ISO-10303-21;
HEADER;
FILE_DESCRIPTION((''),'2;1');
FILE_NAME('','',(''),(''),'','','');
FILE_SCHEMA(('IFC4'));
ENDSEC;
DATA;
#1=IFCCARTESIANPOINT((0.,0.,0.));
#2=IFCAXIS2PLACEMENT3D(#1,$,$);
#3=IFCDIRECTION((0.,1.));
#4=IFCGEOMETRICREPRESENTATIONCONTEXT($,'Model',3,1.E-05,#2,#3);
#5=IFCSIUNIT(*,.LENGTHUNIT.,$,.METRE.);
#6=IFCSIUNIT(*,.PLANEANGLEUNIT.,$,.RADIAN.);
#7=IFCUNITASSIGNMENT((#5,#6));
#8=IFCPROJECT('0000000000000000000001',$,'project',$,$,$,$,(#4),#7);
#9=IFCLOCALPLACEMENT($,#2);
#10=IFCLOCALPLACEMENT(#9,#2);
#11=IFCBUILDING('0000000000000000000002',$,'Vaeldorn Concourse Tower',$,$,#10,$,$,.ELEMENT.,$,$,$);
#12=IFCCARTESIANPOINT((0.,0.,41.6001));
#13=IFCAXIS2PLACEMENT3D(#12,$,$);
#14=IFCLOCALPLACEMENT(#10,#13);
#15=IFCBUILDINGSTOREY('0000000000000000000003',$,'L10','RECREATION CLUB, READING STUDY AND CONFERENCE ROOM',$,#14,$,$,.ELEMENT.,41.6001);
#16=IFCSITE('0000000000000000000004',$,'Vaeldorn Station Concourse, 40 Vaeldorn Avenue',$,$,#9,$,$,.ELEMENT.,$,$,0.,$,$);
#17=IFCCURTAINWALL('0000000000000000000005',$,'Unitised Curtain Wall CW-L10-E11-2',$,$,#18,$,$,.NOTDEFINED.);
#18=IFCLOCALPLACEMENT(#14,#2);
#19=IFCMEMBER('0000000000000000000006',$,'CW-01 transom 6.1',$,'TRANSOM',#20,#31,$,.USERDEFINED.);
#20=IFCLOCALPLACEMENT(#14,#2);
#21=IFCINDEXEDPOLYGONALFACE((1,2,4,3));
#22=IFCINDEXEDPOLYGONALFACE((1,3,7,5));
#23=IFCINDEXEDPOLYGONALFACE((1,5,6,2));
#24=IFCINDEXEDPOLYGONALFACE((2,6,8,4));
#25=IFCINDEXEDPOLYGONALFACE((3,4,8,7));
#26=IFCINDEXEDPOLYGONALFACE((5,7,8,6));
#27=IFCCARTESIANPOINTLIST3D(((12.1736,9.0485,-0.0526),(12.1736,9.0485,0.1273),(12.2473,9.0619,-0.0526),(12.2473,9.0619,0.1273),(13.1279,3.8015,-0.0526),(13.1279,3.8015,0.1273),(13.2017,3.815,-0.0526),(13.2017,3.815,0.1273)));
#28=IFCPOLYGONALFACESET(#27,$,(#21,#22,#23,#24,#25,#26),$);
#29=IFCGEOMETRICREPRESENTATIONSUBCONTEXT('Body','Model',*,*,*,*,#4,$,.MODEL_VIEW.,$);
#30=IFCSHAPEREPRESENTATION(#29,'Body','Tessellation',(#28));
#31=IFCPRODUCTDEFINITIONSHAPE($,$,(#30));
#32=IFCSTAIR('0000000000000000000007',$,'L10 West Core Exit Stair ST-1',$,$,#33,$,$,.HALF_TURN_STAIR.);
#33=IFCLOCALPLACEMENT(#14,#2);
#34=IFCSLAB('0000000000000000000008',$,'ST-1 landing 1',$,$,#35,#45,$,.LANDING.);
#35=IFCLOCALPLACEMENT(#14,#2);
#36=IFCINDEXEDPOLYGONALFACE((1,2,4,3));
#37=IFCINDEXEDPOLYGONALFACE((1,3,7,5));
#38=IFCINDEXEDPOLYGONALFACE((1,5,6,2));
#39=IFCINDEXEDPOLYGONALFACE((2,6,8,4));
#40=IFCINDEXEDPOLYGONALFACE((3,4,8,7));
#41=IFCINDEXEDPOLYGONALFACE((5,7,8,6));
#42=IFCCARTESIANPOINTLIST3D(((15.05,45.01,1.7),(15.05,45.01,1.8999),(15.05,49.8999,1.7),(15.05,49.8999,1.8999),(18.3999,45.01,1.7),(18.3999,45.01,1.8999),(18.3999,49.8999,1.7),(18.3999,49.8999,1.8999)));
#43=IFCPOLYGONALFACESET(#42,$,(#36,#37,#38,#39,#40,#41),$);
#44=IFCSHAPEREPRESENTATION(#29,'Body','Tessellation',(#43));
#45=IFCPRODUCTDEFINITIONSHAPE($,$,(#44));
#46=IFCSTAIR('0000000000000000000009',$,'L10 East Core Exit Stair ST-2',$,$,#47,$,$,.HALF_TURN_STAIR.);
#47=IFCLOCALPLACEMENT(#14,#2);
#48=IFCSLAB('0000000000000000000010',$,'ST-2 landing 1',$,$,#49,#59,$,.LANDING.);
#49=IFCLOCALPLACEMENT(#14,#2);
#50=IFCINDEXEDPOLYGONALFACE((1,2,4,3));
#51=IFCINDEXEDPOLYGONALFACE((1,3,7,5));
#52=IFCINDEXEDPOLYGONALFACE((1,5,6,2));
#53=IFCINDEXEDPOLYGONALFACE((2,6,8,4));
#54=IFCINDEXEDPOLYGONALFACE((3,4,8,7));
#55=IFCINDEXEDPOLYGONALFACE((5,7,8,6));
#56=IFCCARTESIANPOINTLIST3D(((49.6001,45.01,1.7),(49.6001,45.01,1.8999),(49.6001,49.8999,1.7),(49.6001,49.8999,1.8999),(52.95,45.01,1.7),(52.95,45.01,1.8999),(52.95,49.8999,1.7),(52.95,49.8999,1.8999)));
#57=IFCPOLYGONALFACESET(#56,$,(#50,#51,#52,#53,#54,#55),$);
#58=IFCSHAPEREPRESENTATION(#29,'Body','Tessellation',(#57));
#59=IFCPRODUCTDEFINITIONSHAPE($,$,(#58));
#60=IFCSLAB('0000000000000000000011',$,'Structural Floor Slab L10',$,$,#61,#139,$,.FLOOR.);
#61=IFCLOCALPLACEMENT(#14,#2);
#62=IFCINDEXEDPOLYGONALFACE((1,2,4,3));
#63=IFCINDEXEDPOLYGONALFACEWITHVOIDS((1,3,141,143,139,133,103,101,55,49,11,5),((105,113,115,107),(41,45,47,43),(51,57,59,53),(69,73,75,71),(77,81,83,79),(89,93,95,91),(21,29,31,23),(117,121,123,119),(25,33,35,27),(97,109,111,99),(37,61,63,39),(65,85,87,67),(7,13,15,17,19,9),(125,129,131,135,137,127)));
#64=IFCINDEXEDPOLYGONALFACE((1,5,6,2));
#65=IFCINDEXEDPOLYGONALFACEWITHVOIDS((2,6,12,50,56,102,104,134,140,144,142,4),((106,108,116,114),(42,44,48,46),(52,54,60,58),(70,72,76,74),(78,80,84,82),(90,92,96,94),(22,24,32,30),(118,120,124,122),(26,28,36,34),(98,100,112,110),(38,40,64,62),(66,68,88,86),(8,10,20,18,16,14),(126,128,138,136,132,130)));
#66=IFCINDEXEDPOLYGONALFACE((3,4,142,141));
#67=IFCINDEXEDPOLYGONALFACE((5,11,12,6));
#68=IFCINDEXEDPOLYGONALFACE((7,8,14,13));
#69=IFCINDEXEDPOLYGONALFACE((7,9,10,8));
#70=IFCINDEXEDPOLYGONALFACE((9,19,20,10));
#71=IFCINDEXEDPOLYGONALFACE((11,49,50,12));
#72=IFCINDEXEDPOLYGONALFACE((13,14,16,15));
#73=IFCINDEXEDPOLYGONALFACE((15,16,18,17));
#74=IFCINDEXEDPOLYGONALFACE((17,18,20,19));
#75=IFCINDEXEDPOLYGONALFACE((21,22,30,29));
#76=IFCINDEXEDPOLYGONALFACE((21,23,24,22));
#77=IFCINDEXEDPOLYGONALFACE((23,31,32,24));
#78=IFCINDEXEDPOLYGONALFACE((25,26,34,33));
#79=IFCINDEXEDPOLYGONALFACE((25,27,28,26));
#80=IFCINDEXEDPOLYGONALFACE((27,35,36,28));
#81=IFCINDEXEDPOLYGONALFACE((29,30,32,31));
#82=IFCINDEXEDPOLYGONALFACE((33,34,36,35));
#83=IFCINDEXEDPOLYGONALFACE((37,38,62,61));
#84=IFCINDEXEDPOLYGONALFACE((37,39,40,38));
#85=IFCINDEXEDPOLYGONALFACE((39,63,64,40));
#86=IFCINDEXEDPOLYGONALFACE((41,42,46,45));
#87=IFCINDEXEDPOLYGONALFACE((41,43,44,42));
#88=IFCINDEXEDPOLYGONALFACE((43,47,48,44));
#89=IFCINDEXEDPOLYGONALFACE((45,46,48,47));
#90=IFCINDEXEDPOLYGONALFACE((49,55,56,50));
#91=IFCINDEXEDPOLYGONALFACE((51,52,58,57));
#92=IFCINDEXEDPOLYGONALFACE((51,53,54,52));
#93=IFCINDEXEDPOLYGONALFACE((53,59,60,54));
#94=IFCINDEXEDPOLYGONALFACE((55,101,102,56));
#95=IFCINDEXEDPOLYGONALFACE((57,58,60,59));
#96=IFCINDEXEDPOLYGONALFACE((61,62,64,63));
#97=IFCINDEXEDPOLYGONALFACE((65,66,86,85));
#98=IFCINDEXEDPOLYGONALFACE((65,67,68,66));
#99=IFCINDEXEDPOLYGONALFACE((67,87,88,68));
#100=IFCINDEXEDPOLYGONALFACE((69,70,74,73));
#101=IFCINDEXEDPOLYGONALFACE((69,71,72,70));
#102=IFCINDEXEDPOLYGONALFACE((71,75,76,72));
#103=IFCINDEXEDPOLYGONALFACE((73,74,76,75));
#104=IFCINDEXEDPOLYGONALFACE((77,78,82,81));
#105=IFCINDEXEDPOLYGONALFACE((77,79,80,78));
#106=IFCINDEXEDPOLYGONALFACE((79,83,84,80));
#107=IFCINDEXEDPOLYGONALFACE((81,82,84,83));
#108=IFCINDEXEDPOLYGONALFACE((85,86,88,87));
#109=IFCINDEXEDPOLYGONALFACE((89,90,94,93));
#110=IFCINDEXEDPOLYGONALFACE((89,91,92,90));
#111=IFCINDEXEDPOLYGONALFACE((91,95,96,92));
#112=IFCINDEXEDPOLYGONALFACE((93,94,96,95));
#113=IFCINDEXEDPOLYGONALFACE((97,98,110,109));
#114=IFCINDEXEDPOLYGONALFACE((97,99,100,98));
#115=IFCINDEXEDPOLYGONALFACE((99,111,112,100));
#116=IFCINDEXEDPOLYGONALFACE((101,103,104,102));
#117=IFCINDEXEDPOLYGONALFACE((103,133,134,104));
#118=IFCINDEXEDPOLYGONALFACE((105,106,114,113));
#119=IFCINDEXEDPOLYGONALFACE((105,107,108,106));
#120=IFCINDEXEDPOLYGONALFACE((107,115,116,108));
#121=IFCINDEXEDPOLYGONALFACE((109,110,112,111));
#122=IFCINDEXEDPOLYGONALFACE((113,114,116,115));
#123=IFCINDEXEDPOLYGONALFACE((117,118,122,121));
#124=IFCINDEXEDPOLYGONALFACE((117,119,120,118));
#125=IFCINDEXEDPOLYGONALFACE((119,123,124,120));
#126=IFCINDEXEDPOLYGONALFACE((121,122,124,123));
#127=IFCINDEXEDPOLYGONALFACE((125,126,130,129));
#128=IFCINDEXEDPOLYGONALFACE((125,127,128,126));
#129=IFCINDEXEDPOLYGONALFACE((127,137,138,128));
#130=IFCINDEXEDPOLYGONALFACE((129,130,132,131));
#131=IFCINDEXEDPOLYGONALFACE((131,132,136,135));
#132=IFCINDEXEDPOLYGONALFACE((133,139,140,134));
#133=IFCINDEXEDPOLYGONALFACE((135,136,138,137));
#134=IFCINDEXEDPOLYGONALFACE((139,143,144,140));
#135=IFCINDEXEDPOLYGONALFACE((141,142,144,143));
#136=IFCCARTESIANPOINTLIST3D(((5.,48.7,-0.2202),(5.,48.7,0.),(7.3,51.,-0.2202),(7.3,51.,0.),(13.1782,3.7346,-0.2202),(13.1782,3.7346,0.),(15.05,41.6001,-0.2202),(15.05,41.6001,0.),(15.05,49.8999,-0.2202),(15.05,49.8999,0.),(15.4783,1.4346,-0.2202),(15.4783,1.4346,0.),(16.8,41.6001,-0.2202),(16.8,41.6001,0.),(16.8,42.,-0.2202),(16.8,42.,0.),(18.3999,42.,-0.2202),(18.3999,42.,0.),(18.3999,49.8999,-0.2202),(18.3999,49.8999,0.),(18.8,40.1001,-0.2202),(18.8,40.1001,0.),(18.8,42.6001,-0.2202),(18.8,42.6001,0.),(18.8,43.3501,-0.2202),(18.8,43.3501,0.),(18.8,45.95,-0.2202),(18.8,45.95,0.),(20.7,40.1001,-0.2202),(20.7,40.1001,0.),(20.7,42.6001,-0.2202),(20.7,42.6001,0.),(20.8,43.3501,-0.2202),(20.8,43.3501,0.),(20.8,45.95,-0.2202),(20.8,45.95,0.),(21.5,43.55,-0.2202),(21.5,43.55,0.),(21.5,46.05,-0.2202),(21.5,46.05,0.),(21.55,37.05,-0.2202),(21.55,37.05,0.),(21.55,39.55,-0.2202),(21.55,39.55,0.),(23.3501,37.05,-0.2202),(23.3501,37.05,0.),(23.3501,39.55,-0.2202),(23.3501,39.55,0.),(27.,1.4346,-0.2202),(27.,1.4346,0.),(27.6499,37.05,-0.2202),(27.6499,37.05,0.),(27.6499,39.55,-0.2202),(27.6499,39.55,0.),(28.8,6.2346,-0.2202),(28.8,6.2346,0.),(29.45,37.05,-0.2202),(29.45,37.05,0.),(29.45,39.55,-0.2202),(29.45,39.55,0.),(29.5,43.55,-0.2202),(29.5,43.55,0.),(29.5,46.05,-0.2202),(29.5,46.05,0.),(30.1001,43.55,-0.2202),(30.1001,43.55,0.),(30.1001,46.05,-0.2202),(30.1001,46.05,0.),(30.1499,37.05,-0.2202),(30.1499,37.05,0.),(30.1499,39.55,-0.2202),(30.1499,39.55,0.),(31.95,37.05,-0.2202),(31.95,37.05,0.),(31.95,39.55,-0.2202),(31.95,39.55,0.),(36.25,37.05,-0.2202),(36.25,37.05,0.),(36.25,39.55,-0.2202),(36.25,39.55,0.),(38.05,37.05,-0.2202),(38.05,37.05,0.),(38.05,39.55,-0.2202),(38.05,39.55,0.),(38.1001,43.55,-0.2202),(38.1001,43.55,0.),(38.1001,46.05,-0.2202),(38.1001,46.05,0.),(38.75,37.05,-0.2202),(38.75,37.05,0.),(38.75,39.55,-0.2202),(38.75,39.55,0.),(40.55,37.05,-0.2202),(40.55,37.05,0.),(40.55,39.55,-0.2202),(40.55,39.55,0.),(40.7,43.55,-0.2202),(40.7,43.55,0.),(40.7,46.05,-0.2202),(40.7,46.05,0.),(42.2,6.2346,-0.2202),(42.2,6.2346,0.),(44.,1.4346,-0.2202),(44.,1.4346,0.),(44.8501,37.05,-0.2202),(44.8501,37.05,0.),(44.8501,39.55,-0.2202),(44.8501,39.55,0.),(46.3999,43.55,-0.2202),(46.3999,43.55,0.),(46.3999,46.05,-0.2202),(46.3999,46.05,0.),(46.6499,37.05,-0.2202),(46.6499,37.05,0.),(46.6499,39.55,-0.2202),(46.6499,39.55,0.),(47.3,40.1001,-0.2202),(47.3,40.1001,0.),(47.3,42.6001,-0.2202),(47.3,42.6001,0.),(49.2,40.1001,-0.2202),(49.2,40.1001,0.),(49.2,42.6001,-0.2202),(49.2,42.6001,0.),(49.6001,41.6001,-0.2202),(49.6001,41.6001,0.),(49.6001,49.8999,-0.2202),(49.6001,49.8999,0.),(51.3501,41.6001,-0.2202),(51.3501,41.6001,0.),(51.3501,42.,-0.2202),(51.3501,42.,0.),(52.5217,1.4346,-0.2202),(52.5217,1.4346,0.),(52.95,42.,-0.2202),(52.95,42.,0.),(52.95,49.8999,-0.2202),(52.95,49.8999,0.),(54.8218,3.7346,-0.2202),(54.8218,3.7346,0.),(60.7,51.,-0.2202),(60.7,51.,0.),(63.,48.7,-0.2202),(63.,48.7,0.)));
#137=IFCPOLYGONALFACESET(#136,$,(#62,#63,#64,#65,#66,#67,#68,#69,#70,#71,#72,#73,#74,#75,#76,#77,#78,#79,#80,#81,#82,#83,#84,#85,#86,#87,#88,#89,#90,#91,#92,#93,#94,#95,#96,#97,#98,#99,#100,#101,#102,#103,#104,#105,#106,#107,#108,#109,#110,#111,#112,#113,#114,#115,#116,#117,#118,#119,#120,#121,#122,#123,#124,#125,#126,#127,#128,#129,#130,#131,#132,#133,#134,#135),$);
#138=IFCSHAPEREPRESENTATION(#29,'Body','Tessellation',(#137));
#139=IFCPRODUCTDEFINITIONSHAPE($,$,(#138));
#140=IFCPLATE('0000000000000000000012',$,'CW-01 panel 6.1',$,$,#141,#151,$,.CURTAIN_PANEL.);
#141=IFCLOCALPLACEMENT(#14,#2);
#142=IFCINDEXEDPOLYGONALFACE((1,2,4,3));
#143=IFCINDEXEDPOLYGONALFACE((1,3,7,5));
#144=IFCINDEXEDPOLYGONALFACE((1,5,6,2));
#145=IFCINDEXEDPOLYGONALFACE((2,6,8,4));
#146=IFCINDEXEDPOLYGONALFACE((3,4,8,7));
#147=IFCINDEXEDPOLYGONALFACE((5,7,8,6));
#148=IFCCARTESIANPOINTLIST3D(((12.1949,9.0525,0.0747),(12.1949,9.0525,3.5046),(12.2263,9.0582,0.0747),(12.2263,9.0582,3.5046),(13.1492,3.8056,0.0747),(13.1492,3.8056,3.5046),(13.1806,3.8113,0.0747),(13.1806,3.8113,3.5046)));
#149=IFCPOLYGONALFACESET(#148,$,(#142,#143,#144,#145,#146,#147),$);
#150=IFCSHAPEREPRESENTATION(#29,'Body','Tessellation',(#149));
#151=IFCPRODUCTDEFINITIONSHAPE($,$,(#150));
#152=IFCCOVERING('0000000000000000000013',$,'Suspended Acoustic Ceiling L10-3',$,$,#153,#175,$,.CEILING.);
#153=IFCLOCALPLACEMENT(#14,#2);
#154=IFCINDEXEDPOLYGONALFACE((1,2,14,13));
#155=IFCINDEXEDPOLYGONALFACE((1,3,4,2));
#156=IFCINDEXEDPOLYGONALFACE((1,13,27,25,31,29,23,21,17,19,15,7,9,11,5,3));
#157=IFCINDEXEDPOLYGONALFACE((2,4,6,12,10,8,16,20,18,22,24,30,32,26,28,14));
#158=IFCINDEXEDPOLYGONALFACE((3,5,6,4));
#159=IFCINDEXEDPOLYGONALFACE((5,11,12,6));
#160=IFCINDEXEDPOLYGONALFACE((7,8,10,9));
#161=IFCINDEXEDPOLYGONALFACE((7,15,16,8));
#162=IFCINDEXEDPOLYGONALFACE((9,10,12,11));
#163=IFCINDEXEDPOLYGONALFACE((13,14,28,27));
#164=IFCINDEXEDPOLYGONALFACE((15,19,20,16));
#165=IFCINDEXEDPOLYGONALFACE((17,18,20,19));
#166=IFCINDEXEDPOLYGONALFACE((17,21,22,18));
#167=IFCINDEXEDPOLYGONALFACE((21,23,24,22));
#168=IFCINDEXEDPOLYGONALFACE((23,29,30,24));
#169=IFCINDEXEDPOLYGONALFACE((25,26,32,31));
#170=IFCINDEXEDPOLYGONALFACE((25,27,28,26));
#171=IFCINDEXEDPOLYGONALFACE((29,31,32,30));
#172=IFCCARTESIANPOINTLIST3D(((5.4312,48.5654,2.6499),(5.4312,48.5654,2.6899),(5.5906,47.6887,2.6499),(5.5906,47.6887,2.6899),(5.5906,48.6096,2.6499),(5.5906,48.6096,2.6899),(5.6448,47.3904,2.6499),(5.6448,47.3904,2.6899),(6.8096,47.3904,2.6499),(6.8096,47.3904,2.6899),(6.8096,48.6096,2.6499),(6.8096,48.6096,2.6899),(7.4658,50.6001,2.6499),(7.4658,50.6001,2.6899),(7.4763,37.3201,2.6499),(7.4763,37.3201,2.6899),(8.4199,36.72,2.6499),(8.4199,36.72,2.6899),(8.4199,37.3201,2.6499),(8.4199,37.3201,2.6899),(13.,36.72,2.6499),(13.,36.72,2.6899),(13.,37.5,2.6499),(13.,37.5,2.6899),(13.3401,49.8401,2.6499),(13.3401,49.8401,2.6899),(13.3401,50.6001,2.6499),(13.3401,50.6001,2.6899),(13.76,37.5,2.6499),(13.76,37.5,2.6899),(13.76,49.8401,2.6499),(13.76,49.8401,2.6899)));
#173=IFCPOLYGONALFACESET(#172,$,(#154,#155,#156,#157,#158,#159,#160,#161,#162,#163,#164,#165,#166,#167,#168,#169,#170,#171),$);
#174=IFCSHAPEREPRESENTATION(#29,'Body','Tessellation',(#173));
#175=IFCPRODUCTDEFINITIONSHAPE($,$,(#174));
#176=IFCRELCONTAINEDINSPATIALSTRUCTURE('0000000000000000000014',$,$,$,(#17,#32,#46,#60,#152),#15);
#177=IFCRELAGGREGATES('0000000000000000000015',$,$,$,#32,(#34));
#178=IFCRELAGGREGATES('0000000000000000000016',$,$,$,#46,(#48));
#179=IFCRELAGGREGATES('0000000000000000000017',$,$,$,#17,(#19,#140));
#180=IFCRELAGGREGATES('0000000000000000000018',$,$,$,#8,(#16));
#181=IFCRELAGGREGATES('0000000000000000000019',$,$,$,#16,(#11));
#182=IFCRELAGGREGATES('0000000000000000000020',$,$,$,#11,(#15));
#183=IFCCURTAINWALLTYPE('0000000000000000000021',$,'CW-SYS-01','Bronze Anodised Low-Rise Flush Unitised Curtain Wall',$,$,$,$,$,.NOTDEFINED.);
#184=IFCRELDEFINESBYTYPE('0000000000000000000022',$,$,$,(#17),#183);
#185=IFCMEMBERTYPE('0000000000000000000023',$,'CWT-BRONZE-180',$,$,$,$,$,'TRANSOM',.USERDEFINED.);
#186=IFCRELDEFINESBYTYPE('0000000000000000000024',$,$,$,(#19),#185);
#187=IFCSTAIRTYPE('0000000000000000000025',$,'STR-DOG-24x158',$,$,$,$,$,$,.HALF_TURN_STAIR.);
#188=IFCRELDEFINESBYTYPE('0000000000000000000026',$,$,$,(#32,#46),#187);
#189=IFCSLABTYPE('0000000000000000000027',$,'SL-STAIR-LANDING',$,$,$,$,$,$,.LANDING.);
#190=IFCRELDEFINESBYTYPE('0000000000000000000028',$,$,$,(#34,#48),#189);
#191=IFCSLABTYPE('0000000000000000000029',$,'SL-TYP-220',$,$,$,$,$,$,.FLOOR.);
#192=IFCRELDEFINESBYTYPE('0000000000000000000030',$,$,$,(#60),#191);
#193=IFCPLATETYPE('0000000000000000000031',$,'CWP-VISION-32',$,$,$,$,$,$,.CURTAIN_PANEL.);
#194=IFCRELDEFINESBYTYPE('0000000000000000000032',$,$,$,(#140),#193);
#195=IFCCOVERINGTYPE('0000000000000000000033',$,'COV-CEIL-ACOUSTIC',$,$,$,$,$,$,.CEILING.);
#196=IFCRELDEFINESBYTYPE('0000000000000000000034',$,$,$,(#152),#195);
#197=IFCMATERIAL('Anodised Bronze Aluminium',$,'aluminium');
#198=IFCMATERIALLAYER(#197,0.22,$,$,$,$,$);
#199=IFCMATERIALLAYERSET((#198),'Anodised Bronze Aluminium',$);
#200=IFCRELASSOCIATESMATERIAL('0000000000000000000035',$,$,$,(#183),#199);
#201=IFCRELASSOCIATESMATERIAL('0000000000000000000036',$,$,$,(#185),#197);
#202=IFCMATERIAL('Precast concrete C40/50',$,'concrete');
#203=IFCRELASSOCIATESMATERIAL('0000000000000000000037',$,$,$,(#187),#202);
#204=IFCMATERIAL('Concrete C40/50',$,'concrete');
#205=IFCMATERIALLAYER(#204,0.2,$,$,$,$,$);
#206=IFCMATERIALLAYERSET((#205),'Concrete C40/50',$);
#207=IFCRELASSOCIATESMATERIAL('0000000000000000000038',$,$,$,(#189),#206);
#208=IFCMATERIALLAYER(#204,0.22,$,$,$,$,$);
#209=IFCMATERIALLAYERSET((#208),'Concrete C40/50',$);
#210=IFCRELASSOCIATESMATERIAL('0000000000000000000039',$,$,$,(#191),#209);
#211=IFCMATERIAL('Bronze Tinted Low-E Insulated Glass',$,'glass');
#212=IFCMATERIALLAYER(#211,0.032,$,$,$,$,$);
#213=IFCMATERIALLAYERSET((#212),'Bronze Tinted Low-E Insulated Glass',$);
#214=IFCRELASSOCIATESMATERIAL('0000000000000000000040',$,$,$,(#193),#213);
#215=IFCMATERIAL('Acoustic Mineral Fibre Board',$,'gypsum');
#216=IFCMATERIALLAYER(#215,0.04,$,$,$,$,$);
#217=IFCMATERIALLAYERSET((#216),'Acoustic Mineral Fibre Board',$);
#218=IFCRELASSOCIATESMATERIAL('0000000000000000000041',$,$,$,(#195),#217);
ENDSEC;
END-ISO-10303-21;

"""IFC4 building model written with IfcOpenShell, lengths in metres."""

from ifc_helpers import new_model, si_unit, direction, frame, origin, origin_2d, place, context, subcontext, project, spatial, polyline, rectangle, outline, extrude, source, transform, mapped, material, layer, layer_set, material_profile, profile_set, type_object, element, aggregate, save


model = new_model("IFC4")

# Units and contexts
model_context = context("Model", 3, precision=1e-05, world=origin(), true_north=direction((0.0, 1.0)))
body_context = subcontext(model_context, "Body", "Model", "MODEL_VIEW")
ifc_project = project(units=[si_unit("LENGTHUNIT", "METRE"), si_unit("PLANEANGLEUNIT", "RADIAN")], contexts=[model_context])

# Site, building, storey
site_placement = place(None, origin())
site = spatial("IfcSite", under=ifc_project, at=site_placement, Name="Vaeldorn Station Concourse, 40 Vaeldorn Avenue", CompositionType="ELEMENT", RefElevation=0.0)
building_placement = place(site_placement, origin())
building = spatial("IfcBuilding", under=site, at=building_placement, Name="Vaeldorn Concourse Tower", CompositionType="ELEMENT")
storey_placement = place(building_placement, frame((0.0, 0.0, 41.6001)))
storey = spatial("IfcBuildingStorey", under=building, at=storey_placement, Name="L10", Description="RECREATION CLUB, READING STUDY AND CONFERENCE ROOM", CompositionType="ELEMENT", Elevation=41.6001)

# Curtain wall, member
ifc_material_1 = material(Name="Anodised Bronze Aluminium", Category="aluminium")
ifc_layer_1 = layer(ifc_material_1, 0.22)
ifc_layer_set_1 = layer_set([ifc_layer_1], Name="Anodised Bronze Aluminium")
curtain_wall_type = type_object("IfcCurtainWallType", Name="CW-SYS-01", Description="Bronze Anodised Low-Rise Flush Unitised Curtain Wall", PredefinedType="NOTDEFINED", material=ifc_layer_set_1)
curtain_wall_placement = place(storey_placement, origin())
curtain_wall = element("IfcCurtainWall", 1, at=curtain_wall_placement, inside=storey, type_object=curtain_wall_type, Name="Unitised Curtain Wall CW-L10-E11-2", PredefinedType="NOTDEFINED")
ifc_material_profile = material_profile(ifc_material_1, rectangle(XDim=0.075, YDim=0.1799, at=origin_2d()), Name="CWT 75x180")
ifc_profile_set = profile_set([ifc_material_profile], Name="Anodised Bronze Aluminium")
member_type = type_object("IfcMemberType", Name="CWT-BRONZE-180", ElementType="TRANSOM", PredefinedType="USERDEFINED", material=ifc_profile_set)
shared_shape_1 = source(origin(), body_context, "Body", "SweptSolid", [
    extrude(rectangle(XDim=0.075, YDim=0.1799, at=origin_2d()), origin(), (0.0, 0.0, 1.0), 5.333),
])
member_placement = place(storey_placement, frame((12.2104, 9.0552, 0.0374), z_axis=(0.178954, -0.983857, 0.0), x_axis=(0.983857, 0.178954, 0.0)))
member = element("IfcMember", 2, at=member_placement, type_object=member_type, Name="CW-01 transom 6.1", ObjectType="TRANSOM", PredefinedType="USERDEFINED", context=body_context, shape_type="MappedRepresentation", body=[
    mapped(shared_shape_1, transform((0.0, 0.0, 0.0), scale=1.0)),
])

# Stairs, slabs
ifc_material_2 = material(Name="Precast concrete C40/50", Category="concrete")
stair_type = type_object("IfcStairType", Name="STR-DOG-24x158", PredefinedType="HALF_TURN_STAIR", material=ifc_material_2)
stair_1_placement = place(storey_placement, origin())
stair_1 = element("IfcStair", 3, at=stair_1_placement, inside=storey, type_object=stair_type, Name="L10 West Core Exit Stair ST-1", PredefinedType="HALF_TURN_STAIR")
ifc_material_3 = material(Name="Concrete C40/50", Category="concrete")
ifc_layer_2 = layer(ifc_material_3, 0.2)
ifc_layer_set_2 = layer_set([ifc_layer_2], Name="Concrete C40/50")
slab_type_1 = type_object("IfcSlabType", Name="SL-STAIR-LANDING", PredefinedType="LANDING", material=ifc_layer_set_2)
slab_1_placement = place(storey_placement, frame((0.0, 0.0, 1.7)))
slab_1 = element("IfcSlab", 4, at=slab_1_placement, type_object=slab_type_1, Name="ST-1 landing 1", PredefinedType="LANDING", context=body_context, shape_type="SweptSolid", body=[
    extrude(outline(polyline([(18.3999, 45.01), (18.3999, 49.8999), (15.05, 49.8999), (15.05, 45.01), (18.3999, 45.01)])), origin(), (0.0, 0.0, 1.0), 0.2),
])
aggregate(stair_1, [slab_1])
stair_2_placement = place(storey_placement, origin())
stair_2 = element("IfcStair", 5, at=stair_2_placement, inside=storey, type_object=stair_type, Name="L10 East Core Exit Stair ST-2", PredefinedType="HALF_TURN_STAIR")
slab_2_placement = place(storey_placement, frame((0.0, 0.0, 1.7)))
slab_2 = element("IfcSlab", 6, at=slab_2_placement, type_object=slab_type_1, Name="ST-2 landing 1", PredefinedType="LANDING", context=body_context, shape_type="SweptSolid", body=[
    extrude(outline(polyline([(52.95, 45.01), (52.95, 49.8999), (49.6001, 49.8999), (49.6001, 45.01), (52.95, 45.01)])), origin(), (0.0, 0.0, 1.0), 0.2),
])
aggregate(stair_2, [slab_2])

# Slab
ifc_layer_3 = layer(ifc_material_3, 0.22)
ifc_layer_set_3 = layer_set([ifc_layer_3], Name="Concrete C40/50")
slab_type_2 = type_object("IfcSlabType", Name="SL-TYP-220", PredefinedType="FLOOR", material=ifc_layer_set_3)
slab_3_placement = place(storey_placement, frame((0.0, 0.0, -0.2202)))
element("IfcSlab", 7, at=slab_3_placement, inside=storey, type_object=slab_type_2, Name="Structural Floor Slab L10", PredefinedType="FLOOR", context=body_context, shape_type="SweptSolid", body=[
    extrude(outline(polyline([(15.4783, 1.4346), (27.0, 1.4346), (28.8, 6.2346), (42.2, 6.2346), (44.0, 1.4346), (52.5217, 1.4346), (54.8218, 3.7346), (63.0, 48.7), (60.7, 51.0), (7.3, 51.0), (5.0, 48.7), (13.1782, 3.7346), (15.4783, 1.4346)]), holes=[polyline([(18.3999, 42.0), (18.3999, 49.8999), (15.05, 49.8999), (15.05, 41.6001), (16.8, 41.6001), (16.8, 42.0), (18.3999, 42.0)]), polyline([(52.95, 42.0), (52.95, 49.8999), (49.6001, 49.8999), (49.6001, 41.6001), (51.3501, 41.6001), (51.3501, 42.0), (52.95, 42.0)]), polyline([(21.55, 37.05), (23.3501, 37.05), (23.3501, 39.55), (21.55, 39.55), (21.55, 37.05)]), polyline([(27.6499, 37.05), (29.45, 37.05), (29.45, 39.55), (27.6499, 39.55), (27.6499, 37.05)]), polyline([(21.5, 43.55), (29.5, 43.55), (29.5, 46.05), (21.5, 46.05), (21.5, 43.55)]), polyline([(30.1499, 37.05), (31.95, 37.05), (31.95, 39.55), (30.1499, 39.55), (30.1499, 37.05)]), polyline([(36.25, 37.05), (38.05, 37.05), (38.05, 39.55), (36.25, 39.55), (36.25, 37.05)]), polyline([(30.1001, 43.55), (38.1001, 43.55), (38.1001, 46.05), (30.1001, 46.05), (30.1001, 43.55)]), polyline([(38.75, 37.05), (40.55, 37.05), (40.55, 39.55), (38.75, 39.55), (38.75, 37.05)]), polyline([(44.8501, 37.05), (46.6499, 37.05), (46.6499, 39.55), (44.8501, 39.55), (44.8501, 37.05)]), polyline([(40.7, 43.55), (46.3999, 43.55), (46.3999, 46.05), (40.7, 46.05), (40.7, 43.55)]), polyline([(18.8, 43.3501), (20.8, 43.3501), (20.8, 45.95), (18.8, 45.95), (18.8, 43.3501)]), polyline([(18.8, 40.1001), (20.7, 40.1001), (20.7, 42.6001), (18.8, 42.6001), (18.8, 40.1001)]), polyline([(47.3, 40.1001), (49.2, 40.1001), (49.2, 42.6001), (47.3, 42.6001), (47.3, 40.1001)])]), origin(), (0.0, 0.0, 1.0), 0.2202),
])

# Plate
ifc_material_4 = material(Name="Bronze Tinted Low-E Insulated Glass", Category="glass")
ifc_layer_4 = layer(ifc_material_4, 0.032)
ifc_layer_set_4 = layer_set([ifc_layer_4], Name="Bronze Tinted Low-E Insulated Glass")
plate_type = type_object("IfcPlateType", Name="CWP-VISION-32", PredefinedType="CURTAIN_PANEL", material=ifc_layer_set_4)
shared_shape_2 = source(origin(), body_context, "Body", "SweptSolid", [
    extrude(rectangle(XDim=5.333, YDim=0.032, at=origin_2d()), origin(), (0.0, 0.0, 1.0), 3.4299),
])
plate_placement = place(storey_placement, frame((12.6877, 6.4319, 0.0747), z_axis=(0.0, 0.0, 1.0), x_axis=(0.178944, -0.983859, 0.0)))
plate = element("IfcPlate", 8, at=plate_placement, type_object=plate_type, Name="CW-01 panel 6.1", PredefinedType="CURTAIN_PANEL", context=body_context, shape_type="MappedRepresentation", body=[
    mapped(shared_shape_2, transform((0.0, 0.0, 0.0), scale=1.0)),
])
aggregate(curtain_wall, [member, plate])

# Covering
ifc_material_5 = material(Name="Acoustic Mineral Fibre Board", Category="gypsum")
ifc_layer_5 = layer(ifc_material_5, 0.04)
ifc_layer_set_5 = layer_set([ifc_layer_5], Name="Acoustic Mineral Fibre Board")
covering_type_1 = type_object("IfcCoveringType", Name="COV-CEIL-ACOUSTIC", PredefinedType="CEILING", material=ifc_layer_set_5)
covering_1_placement = place(storey_placement, frame((0.0, 0.0, 2.6499)))
element("IfcCovering", 9, at=covering_1_placement, inside=storey, type_object=covering_type_1, Name="Suspended Acoustic Ceiling L10-3", PredefinedType="CEILING", context=body_context, shape_type="SweptSolid", body=[
    extrude(outline(polyline([(7.4658, 50.6001), (13.3401, 50.6001), (13.3401, 49.8401), (13.76, 49.8401), (13.76, 37.5), (13.0, 37.5), (13.0, 36.72), (8.4199, 36.72), (8.4199, 37.3201), (7.4763, 37.3201), (5.6448, 47.3904), (6.8096, 47.3904), (6.8096, 48.6096), (5.5906, 48.6096), (5.5906, 47.6887), (5.4312, 48.5654), (7.4658, 50.6001)])), origin(), (0.0, 0.0, 1.0), 0.04),
])

save(model, "model.ifc")
